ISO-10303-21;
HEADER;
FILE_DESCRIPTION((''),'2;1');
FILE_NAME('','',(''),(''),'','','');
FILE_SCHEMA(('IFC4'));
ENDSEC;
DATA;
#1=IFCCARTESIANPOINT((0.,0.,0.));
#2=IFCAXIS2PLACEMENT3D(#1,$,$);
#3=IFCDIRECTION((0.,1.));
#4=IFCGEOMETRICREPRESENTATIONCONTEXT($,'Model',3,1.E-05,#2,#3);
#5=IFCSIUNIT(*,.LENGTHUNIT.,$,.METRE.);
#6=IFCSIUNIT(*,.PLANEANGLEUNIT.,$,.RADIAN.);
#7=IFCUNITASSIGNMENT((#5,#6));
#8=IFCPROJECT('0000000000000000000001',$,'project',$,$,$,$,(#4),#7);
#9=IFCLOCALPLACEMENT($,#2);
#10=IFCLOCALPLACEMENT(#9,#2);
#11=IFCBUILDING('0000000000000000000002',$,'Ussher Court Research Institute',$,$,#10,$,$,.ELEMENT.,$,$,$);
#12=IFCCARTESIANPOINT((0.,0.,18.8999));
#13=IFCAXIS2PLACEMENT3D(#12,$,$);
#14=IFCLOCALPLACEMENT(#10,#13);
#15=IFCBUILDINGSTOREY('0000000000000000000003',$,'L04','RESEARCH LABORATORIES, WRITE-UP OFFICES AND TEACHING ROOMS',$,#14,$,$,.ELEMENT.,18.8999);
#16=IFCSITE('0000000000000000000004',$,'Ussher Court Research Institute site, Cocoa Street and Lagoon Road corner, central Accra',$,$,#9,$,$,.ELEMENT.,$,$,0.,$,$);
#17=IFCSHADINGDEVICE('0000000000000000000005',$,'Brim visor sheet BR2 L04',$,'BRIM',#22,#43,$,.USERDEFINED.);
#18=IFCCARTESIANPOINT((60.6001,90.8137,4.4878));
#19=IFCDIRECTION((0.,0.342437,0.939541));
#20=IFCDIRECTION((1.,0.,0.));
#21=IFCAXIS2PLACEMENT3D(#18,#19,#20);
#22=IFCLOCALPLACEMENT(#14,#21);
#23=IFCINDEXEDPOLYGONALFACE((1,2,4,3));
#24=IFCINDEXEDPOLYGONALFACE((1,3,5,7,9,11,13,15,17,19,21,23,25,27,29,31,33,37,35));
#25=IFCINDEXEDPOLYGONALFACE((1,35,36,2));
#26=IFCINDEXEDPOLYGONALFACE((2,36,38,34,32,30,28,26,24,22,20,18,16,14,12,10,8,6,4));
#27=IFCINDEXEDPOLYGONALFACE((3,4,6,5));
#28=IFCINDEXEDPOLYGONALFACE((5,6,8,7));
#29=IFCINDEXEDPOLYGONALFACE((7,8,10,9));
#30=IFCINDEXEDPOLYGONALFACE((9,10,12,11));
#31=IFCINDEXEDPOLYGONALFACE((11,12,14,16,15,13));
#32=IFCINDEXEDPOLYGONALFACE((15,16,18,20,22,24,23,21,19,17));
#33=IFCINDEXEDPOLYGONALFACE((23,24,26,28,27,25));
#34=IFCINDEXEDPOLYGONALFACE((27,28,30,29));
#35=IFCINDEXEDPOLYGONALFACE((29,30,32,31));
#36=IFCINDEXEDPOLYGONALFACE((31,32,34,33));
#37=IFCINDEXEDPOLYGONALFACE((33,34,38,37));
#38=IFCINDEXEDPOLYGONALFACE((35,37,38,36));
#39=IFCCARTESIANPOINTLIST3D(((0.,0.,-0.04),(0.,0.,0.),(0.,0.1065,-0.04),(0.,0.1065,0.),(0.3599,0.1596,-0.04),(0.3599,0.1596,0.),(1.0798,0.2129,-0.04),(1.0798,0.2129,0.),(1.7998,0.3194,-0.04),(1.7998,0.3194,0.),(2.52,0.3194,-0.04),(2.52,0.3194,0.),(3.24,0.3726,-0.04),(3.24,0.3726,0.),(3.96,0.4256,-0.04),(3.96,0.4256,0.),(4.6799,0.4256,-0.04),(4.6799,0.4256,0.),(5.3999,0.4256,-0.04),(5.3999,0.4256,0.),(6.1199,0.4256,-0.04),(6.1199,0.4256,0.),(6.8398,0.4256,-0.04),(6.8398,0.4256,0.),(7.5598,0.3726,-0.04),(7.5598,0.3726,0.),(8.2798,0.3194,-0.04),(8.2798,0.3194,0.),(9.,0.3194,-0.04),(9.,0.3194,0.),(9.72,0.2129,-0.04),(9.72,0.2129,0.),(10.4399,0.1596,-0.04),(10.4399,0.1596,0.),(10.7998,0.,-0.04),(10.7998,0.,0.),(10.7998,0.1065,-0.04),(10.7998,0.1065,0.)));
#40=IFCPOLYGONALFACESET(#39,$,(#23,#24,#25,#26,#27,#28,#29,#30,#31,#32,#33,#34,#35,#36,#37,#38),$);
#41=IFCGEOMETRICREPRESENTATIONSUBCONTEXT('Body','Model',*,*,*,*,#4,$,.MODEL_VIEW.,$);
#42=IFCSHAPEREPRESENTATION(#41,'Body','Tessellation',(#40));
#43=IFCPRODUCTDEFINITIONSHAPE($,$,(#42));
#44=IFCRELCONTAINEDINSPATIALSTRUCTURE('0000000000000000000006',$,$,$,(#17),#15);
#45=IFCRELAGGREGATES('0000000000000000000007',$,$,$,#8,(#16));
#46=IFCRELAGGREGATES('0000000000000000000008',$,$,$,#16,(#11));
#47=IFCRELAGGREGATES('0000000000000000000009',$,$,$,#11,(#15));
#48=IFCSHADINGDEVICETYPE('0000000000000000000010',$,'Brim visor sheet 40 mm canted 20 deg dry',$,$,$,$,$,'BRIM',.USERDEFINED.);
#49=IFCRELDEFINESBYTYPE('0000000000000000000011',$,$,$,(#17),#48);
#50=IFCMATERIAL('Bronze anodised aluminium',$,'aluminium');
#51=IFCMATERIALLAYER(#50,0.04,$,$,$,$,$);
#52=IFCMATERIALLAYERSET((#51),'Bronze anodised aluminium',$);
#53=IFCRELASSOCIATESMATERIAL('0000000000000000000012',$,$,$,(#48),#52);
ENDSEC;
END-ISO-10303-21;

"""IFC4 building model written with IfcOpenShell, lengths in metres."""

from ifc_helpers import new_model, si_unit, direction, frame, origin, place, context, subcontext, project, spatial, polyline, outline, extrude, material, layer, layer_set, type_object, element, save


model = new_model("IFC4")

# Units and contexts
model_context = context("Model", 3, precision=1e-05, world=origin(), true_north=direction((0.0, 1.0)))
body_context = subcontext(model_context, "Body", "Model", "MODEL_VIEW")
ifc_project = project(units=[si_unit("LENGTHUNIT", "METRE"), si_unit("PLANEANGLEUNIT", "RADIAN")], contexts=[model_context])

# Site, building, storey
site_placement = place(None, origin())
site = spatial("IfcSite", under=ifc_project, at=site_placement, Name="Ussher Court Research Institute site, Cocoa Street and Lagoon Road corner, central Accra", CompositionType="ELEMENT", RefElevation=0.0)
building_placement = place(site_placement, origin())
building = spatial("IfcBuilding", under=site, at=building_placement, Name="Ussher Court Research Institute", CompositionType="ELEMENT")
storey_placement = place(building_placement, frame((0.0, 0.0, 18.8999)))
storey = spatial("IfcBuildingStorey", under=building, at=storey_placement, Name="L04", Description="RESEARCH LABORATORIES, WRITE-UP OFFICES AND TEACHING ROOMS", CompositionType="ELEMENT", Elevation=18.8999)

# Shading device
ifc_material_1 = material(Name="Bronze anodised aluminium", Category="aluminium")
ifc_layer_1 = layer(ifc_material_1, 0.04)
ifc_layer_set_1 = layer_set([ifc_layer_1], Name="Bronze anodised aluminium")
shading_device_type_1 = type_object("IfcShadingDeviceType", Name="Brim visor sheet 40 mm canted 20 deg dry", ElementType="BRIM", PredefinedType="USERDEFINED", material=ifc_layer_set_1)
shading_device_1_placement = place(storey_placement, frame((60.6001, 90.8137, 4.4878), z_axis=(0.0, 0.342437, 0.939541), x_axis=(1.0, 0.0, 0.0)))
element("IfcShadingDevice", 1, at=shading_device_1_placement, inside=storey, type_object=shading_device_type_1, Name="Brim visor sheet BR2 L04", ObjectType="BRIM", PredefinedType="USERDEFINED", context=body_context, shape_type="SweptSolid", body=[
    extrude(outline(polyline([(0.0, 0.0), (10.7998, 0.0), (10.7998, 0.1065), (10.4399, 0.1596), (9.72, 0.2129), (9.0, 0.3194), (8.2798, 0.3194), (7.5598, 0.3726), (6.8398, 0.4256), (6.1199, 0.4256), (5.3999, 0.4256), (4.6799, 0.4256), (3.96, 0.4256), (3.24, 0.3726), (2.52, 0.3194), (1.7998, 0.3194), (1.0798, 0.2129), (0.3599, 0.1596), (0.0, 0.1065), (0.0, 0.0)])), origin(), (0.0, 0.0, -1.0), 0.04),
])

save(model, "model.ifc")
